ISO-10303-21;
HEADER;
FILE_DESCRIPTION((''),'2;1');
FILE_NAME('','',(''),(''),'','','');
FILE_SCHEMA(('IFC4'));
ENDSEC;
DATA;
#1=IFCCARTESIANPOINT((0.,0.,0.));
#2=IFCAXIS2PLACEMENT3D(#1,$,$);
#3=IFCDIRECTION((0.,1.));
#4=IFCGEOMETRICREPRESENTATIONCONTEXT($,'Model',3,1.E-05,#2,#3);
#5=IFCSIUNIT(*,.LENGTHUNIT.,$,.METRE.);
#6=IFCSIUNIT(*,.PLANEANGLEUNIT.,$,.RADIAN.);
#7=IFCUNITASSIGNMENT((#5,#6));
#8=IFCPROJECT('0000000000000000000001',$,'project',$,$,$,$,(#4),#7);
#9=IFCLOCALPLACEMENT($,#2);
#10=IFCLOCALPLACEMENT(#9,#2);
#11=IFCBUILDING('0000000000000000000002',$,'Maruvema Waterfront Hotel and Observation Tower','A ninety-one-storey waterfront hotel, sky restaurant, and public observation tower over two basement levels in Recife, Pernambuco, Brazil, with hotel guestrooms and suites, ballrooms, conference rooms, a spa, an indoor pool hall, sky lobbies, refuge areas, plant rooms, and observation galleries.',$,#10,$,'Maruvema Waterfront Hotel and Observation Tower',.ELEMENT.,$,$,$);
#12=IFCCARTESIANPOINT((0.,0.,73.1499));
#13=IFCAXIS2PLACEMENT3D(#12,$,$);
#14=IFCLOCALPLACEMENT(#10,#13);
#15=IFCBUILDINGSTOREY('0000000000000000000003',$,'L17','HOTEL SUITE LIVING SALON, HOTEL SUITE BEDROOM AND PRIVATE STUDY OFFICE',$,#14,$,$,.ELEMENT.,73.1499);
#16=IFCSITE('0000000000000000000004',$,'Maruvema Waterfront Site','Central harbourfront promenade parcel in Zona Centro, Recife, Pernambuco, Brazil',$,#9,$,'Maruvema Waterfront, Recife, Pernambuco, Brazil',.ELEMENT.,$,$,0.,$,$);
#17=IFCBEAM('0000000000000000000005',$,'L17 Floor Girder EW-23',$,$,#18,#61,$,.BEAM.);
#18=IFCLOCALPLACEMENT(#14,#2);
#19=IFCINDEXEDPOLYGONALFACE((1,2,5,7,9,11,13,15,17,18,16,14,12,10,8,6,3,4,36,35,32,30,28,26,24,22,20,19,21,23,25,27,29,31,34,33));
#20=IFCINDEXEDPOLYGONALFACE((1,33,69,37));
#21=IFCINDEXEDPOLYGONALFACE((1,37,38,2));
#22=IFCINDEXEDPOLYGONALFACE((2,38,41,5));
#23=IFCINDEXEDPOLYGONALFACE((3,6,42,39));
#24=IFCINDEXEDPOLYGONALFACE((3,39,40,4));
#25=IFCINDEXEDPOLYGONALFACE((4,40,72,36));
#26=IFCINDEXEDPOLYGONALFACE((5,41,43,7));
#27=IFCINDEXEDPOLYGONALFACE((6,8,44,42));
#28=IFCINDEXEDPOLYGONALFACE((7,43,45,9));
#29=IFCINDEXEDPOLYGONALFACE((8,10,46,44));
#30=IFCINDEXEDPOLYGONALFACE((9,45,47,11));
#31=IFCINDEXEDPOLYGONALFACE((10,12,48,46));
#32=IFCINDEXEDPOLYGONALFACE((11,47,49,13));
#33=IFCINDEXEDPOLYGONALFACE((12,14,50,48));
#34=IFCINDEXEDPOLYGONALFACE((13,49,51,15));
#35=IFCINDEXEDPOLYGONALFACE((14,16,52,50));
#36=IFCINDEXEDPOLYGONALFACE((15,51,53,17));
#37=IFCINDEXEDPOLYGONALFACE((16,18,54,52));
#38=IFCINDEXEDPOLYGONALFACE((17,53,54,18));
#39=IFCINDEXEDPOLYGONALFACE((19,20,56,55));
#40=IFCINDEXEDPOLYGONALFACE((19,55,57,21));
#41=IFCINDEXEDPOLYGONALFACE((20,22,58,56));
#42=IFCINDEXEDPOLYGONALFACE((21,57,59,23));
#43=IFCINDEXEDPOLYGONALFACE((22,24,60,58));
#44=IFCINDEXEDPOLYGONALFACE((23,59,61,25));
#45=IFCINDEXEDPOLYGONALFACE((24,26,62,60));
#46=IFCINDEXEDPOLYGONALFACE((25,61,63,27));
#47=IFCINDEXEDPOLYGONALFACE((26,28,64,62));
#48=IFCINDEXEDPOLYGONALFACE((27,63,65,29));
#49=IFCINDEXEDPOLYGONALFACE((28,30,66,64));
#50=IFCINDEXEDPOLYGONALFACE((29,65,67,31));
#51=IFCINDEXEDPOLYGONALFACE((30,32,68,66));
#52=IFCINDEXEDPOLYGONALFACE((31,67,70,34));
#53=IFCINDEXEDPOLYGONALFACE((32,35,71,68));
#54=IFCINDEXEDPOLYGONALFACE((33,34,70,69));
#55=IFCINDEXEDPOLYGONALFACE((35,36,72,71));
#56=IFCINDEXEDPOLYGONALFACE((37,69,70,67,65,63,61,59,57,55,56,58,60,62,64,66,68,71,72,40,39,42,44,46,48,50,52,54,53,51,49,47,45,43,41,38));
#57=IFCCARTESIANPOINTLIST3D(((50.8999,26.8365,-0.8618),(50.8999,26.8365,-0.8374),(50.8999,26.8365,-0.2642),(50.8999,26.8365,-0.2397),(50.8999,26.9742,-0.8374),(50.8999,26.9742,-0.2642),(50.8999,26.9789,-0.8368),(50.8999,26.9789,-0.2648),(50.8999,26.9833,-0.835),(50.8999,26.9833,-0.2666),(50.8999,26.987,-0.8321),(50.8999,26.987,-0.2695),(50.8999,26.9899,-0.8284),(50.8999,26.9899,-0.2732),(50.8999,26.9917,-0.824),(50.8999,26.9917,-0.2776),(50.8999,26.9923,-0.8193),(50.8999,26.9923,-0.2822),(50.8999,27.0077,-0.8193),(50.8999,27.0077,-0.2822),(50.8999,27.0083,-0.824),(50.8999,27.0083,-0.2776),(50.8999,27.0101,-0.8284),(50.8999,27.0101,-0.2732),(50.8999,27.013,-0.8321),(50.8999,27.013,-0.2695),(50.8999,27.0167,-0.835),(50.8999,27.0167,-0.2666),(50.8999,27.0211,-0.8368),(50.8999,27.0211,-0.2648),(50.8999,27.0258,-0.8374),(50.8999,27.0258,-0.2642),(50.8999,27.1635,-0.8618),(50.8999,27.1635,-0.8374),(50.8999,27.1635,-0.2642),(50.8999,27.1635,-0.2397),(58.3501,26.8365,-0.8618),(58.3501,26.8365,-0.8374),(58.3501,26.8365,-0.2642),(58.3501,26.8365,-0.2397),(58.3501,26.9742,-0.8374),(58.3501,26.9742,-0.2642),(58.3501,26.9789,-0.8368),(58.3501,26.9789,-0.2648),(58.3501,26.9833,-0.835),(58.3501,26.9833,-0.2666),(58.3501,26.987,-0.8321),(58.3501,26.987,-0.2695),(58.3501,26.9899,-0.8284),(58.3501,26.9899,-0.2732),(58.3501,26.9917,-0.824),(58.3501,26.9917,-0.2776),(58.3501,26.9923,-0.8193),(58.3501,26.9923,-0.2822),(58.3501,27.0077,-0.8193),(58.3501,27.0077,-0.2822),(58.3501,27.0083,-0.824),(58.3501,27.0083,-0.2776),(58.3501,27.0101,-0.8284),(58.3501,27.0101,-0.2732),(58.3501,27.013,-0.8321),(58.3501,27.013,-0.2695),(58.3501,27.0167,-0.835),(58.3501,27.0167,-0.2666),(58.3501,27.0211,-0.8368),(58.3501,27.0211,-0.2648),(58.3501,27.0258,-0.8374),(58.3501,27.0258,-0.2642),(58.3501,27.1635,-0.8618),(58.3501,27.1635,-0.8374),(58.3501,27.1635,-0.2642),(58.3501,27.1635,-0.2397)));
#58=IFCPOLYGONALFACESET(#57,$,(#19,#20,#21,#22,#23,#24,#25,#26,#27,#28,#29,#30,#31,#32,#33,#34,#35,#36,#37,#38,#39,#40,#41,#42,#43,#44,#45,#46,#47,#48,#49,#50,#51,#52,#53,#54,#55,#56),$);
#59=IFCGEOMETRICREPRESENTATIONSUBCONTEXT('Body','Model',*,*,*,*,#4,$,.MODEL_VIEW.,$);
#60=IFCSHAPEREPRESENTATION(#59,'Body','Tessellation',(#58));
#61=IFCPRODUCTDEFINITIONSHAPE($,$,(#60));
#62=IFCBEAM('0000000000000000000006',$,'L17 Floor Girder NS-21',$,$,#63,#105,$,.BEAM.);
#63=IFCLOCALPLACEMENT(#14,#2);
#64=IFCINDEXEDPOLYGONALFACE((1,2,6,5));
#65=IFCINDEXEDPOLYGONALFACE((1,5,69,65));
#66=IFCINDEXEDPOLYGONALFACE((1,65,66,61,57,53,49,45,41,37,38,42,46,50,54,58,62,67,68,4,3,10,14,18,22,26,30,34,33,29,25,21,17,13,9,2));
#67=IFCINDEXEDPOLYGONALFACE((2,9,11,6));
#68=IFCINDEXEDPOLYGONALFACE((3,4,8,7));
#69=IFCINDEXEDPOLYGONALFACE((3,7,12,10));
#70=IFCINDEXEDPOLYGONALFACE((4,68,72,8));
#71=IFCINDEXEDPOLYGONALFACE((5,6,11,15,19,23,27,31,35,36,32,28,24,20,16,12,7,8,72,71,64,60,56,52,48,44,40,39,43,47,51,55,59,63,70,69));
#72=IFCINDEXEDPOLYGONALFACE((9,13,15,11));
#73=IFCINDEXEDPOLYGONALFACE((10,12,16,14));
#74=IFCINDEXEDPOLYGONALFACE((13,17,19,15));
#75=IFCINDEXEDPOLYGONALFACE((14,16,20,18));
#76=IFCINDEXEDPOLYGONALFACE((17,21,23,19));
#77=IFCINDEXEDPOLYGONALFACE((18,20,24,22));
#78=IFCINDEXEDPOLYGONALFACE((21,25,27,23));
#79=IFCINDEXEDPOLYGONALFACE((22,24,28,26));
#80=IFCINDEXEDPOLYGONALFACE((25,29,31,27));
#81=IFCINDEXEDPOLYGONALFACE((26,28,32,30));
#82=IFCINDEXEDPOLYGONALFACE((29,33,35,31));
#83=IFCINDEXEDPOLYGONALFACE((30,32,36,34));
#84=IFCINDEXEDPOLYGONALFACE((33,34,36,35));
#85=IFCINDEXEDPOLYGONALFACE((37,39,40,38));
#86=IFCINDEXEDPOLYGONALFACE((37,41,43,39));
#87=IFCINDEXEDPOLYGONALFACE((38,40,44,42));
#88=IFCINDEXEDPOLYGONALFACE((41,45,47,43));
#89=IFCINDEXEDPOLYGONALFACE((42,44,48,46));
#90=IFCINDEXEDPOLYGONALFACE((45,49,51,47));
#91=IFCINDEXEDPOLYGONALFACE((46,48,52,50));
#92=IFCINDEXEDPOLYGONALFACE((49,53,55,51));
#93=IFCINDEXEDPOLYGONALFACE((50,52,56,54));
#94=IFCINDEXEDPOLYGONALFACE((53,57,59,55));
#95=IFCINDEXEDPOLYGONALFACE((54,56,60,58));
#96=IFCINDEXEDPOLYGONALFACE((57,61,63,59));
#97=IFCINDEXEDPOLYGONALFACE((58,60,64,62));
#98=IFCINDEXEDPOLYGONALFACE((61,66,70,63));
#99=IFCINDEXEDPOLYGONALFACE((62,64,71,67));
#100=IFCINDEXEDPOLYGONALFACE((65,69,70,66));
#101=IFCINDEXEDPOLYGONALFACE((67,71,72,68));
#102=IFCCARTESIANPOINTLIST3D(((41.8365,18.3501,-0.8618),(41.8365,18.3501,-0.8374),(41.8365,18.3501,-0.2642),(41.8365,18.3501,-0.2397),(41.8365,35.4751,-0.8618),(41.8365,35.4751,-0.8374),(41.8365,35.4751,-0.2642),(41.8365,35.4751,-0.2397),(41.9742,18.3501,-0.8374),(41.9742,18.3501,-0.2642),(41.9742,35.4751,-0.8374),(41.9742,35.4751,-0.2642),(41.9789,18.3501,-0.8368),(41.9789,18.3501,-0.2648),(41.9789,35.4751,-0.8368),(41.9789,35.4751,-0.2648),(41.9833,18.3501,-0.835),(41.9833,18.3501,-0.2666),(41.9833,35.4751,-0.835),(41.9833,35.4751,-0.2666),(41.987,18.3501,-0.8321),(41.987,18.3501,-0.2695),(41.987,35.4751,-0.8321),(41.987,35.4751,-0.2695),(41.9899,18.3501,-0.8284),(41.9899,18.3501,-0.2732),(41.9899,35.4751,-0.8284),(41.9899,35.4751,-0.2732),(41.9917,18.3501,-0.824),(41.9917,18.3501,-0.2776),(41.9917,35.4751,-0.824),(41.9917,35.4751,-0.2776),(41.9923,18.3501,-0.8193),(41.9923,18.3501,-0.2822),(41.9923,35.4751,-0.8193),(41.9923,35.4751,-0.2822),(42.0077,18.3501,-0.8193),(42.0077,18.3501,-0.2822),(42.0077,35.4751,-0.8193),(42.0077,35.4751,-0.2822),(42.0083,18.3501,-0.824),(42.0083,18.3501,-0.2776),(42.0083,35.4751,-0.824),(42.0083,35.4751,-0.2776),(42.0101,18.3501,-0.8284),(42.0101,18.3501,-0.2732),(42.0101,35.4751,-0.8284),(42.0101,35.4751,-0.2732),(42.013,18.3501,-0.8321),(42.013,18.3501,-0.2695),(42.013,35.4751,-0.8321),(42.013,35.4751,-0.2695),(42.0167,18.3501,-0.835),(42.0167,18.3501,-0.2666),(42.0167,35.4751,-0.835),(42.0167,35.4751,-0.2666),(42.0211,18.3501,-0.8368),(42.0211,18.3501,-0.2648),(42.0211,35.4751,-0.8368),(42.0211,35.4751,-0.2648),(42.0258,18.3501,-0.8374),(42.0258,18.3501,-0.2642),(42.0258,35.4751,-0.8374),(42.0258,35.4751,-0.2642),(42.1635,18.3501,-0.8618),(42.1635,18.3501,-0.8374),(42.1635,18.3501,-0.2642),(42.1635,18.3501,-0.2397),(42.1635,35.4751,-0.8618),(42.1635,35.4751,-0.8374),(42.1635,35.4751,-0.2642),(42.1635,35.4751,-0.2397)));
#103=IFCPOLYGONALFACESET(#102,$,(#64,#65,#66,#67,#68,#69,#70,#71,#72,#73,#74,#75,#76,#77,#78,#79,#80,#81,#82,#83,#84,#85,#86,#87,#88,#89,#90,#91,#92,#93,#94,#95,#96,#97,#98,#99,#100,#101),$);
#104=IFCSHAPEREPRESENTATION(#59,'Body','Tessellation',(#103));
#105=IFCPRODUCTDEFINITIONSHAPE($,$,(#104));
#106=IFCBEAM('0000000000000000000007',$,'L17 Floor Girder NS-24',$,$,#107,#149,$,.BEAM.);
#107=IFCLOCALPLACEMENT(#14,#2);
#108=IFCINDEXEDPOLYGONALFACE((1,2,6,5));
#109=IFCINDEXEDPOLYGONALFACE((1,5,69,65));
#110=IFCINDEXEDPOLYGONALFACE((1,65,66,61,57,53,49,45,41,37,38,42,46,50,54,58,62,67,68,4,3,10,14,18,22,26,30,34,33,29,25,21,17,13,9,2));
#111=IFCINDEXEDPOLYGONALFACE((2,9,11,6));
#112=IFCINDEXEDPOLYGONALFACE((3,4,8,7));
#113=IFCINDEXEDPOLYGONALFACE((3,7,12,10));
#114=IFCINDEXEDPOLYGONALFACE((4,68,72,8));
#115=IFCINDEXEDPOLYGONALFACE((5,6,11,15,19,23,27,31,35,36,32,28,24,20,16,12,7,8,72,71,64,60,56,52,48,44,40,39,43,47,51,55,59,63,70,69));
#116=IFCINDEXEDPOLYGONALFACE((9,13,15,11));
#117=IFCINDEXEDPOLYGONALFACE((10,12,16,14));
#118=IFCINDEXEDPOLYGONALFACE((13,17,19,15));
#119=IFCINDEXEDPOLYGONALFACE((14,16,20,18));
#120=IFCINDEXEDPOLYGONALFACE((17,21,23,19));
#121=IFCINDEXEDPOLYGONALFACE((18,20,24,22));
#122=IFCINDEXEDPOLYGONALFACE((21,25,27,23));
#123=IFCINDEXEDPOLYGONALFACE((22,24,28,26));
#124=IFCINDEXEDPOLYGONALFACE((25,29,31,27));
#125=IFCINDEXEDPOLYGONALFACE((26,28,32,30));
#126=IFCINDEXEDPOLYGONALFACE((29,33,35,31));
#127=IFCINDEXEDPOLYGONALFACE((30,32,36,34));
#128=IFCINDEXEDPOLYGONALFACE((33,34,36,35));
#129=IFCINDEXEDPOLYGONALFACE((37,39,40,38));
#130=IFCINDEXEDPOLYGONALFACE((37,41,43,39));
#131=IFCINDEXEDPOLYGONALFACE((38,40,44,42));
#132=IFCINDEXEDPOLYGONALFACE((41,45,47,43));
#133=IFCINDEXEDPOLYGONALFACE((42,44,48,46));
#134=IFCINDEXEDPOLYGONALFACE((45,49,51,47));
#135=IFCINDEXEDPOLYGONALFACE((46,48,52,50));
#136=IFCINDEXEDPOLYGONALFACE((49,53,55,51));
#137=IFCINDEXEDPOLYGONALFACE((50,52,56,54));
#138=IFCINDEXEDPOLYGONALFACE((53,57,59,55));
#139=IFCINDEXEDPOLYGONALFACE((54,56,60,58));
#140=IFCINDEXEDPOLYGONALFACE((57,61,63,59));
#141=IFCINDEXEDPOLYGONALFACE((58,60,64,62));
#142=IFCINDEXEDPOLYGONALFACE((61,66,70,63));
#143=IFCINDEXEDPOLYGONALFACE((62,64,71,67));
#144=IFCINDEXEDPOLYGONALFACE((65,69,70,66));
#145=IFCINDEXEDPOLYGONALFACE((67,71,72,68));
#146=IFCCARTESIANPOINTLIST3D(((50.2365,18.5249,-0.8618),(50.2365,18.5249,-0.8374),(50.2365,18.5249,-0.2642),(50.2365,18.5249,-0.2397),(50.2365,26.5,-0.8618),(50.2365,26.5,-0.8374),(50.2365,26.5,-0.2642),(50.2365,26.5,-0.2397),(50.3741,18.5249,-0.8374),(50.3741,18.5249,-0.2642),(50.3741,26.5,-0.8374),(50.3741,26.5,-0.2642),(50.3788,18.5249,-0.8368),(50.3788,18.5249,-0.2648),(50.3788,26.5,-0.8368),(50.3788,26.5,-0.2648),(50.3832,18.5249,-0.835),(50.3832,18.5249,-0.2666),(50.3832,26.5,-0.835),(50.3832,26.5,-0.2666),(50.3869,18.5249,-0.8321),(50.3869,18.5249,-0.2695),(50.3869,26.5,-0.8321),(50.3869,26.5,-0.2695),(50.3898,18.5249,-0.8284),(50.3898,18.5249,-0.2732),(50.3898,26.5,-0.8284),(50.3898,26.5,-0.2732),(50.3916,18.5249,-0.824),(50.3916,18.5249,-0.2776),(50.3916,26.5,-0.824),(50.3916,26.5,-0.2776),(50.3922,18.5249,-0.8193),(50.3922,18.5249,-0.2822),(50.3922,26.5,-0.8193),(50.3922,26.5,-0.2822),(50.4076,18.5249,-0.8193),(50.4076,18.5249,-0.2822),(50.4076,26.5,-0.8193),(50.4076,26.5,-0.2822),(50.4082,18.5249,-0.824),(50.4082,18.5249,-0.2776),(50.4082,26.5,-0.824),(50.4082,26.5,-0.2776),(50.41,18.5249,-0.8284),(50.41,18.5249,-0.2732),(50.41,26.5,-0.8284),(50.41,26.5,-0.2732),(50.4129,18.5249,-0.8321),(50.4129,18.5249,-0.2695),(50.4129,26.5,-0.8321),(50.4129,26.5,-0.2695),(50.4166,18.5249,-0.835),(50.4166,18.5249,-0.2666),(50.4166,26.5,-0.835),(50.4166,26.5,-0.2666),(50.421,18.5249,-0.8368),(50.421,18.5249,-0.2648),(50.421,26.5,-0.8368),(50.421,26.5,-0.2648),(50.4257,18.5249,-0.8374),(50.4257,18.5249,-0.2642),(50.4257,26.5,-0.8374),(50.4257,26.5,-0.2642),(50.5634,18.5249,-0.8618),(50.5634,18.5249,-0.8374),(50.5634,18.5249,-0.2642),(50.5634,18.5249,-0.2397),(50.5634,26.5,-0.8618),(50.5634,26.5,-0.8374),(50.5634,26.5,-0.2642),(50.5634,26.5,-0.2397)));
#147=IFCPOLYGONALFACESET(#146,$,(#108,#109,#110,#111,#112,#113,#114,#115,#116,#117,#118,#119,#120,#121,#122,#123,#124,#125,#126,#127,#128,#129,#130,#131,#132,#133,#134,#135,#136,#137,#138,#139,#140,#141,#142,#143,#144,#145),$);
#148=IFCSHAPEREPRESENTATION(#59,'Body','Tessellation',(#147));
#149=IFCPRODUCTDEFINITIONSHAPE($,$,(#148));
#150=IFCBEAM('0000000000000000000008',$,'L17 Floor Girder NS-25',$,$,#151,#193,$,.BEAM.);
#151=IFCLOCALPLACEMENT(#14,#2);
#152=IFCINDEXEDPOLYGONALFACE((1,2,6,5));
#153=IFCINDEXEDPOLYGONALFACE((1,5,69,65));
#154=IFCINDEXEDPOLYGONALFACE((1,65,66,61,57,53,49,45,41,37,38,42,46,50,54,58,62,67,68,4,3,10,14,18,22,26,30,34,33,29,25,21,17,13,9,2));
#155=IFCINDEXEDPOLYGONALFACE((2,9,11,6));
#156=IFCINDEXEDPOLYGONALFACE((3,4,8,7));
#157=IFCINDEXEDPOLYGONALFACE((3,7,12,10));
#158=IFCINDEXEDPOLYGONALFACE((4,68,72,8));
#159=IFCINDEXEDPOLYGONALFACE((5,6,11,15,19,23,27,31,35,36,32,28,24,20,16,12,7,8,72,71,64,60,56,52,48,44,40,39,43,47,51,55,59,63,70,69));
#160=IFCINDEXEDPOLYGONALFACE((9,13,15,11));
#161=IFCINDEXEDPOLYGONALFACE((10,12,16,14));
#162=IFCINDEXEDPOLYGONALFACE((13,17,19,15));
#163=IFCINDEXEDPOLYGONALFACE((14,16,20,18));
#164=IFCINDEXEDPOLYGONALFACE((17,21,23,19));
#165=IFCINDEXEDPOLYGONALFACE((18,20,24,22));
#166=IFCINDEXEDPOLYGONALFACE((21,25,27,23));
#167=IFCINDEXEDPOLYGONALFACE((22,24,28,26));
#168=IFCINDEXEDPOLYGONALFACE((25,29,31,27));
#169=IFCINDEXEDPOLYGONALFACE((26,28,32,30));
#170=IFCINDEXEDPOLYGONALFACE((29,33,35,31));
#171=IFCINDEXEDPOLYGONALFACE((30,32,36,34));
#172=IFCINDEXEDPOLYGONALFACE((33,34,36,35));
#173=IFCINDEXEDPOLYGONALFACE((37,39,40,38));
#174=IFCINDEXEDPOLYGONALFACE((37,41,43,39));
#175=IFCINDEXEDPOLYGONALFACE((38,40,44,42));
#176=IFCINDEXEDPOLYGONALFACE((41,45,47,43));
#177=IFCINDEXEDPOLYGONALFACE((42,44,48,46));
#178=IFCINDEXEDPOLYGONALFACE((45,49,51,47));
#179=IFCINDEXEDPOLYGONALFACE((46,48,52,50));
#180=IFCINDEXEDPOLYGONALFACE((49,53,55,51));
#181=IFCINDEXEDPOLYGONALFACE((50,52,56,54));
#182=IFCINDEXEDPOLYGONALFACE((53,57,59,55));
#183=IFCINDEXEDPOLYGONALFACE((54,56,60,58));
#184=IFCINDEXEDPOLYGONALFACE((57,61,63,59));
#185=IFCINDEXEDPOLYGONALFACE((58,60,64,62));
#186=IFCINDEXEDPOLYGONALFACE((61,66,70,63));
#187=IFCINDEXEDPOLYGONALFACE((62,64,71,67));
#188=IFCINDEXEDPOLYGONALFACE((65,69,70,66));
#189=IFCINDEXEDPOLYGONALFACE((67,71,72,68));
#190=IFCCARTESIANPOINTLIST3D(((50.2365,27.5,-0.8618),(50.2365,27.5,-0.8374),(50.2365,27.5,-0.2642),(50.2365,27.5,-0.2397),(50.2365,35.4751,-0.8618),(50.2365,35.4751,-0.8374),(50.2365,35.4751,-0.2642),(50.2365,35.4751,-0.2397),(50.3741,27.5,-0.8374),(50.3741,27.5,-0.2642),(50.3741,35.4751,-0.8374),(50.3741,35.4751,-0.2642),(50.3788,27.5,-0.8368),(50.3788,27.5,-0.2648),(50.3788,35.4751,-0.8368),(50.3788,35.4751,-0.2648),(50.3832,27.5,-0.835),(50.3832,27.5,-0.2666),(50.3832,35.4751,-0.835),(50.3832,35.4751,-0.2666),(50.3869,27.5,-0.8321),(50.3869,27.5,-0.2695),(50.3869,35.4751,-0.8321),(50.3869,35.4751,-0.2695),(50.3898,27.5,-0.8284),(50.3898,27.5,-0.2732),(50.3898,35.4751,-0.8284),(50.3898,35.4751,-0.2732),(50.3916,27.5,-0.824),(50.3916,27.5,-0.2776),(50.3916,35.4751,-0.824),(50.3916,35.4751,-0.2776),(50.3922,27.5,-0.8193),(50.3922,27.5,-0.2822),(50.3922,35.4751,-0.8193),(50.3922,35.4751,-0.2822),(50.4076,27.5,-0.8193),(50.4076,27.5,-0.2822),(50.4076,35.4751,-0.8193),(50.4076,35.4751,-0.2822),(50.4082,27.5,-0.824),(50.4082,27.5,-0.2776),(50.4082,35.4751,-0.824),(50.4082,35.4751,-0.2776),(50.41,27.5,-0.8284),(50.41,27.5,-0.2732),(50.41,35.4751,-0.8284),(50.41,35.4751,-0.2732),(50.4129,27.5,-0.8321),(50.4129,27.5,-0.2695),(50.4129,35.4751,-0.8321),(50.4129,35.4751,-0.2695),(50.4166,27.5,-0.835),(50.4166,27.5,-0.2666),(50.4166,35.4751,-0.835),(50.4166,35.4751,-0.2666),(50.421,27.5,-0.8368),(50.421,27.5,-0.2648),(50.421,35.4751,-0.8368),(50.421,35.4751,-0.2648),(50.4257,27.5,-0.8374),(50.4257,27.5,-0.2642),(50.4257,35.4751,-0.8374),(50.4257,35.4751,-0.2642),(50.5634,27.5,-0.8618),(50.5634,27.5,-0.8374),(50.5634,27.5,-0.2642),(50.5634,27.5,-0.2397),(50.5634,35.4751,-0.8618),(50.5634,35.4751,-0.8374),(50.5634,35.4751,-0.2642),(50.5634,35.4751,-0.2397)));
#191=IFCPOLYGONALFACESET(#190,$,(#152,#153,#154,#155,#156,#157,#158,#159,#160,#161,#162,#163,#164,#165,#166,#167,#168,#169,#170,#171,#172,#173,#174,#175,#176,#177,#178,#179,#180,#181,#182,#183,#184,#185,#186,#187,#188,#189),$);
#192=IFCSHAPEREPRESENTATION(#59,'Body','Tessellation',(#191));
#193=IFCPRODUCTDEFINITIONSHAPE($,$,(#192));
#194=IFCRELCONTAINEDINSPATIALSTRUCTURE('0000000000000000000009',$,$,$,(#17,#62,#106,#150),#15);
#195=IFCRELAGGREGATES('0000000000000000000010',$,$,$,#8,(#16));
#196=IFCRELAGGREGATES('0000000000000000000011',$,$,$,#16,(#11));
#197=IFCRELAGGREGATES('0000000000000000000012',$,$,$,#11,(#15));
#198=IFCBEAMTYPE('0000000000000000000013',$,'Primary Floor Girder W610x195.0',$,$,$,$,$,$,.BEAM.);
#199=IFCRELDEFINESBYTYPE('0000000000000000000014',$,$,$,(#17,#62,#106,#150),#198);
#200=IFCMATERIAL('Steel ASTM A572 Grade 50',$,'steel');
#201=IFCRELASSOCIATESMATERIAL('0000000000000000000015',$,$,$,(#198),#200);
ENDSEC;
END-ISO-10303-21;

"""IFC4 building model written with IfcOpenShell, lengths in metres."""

from ifc_helpers import new_model, si_unit, direction, frame, origin, origin_2d, place, context, subcontext, project, spatial, i_section, extrude, material, material_profile, profile_set, type_object, element, save


model = new_model("IFC4")

# Units and contexts
model_context = context("Model", 3, precision=1e-05, world=origin(), true_north=direction((0.0, 1.0)))
body_context = subcontext(model_context, "Body", "Model", "MODEL_VIEW")
ifc_project = project(units=[si_unit("LENGTHUNIT", "METRE"), si_unit("PLANEANGLEUNIT", "RADIAN")], contexts=[model_context])

# Site, building, storey
site_placement = place(None, origin())
site = spatial("IfcSite", under=ifc_project, at=site_placement, Name="Maruvema Waterfront Site", Description="Central harbourfront promenade parcel in Zona Centro, Recife, Pernambuco, Brazil", LongName="Maruvema Waterfront, Recife, Pernambuco, Brazil", CompositionType="ELEMENT", RefElevation=0.0)
building_placement = place(site_placement, origin())
building = spatial("IfcBuilding", under=site, at=building_placement, Name="Maruvema Waterfront Hotel and Observation Tower", Description="A ninety-one-storey waterfront hotel, sky restaurant, and public observation tower over two basement levels in Recife, Pernambuco, Brazil, with hotel guestrooms and suites, ballrooms, conference rooms, a spa, an indoor pool hall, sky lobbies, refuge areas, plant rooms, and observation galleries.", LongName="Maruvema Waterfront Hotel and Observation Tower", CompositionType="ELEMENT")
storey_placement = place(building_placement, frame((0.0, 0.0, 73.1499)))
storey = spatial("IfcBuildingStorey", under=building, at=storey_placement, Name="L17", Description="HOTEL SUITE LIVING SALON, HOTEL SUITE BEDROOM AND PRIVATE STUDY OFFICE", CompositionType="ELEMENT", Elevation=73.1499)

# Beams
ifc_material_1 = material(Name="Steel ASTM A572 Grade 50", Category="steel")
ifc_material_profile_1 = material_profile(ifc_material_1, i_section(OverallWidth=0.3269, OverallDepth=0.6221, WebThickness=0.0154, FlangeThickness=0.0244, FilletRadius=0.0181, at=origin_2d()), Name="W610x195.0")
ifc_profile_set_1 = profile_set([ifc_material_profile_1], Name="Steel ASTM A572 Grade 50")
beam_type_1 = type_object("IfcBeamType", Name="Primary Floor Girder W610x195.0", PredefinedType="BEAM", material=ifc_profile_set_1)
beam_1_placement = place(storey_placement, frame((50.8999, 27.0, -0.5508), z_axis=(1.0, 0.0, 0.0), x_axis=(0.0, 1.0, 0.0)))
element("IfcBeam", 1, at=beam_1_placement, inside=storey, type_object=beam_type_1, Name="L17 Floor Girder EW-23", PredefinedType="BEAM", context=body_context, shape_type="SweptSolid", body=[
    extrude(i_section(OverallWidth=0.3269, OverallDepth=0.6221, WebThickness=0.0154, FlangeThickness=0.0244, FilletRadius=0.0181, at=origin_2d()), origin(), (0.0, 0.0, 1.0), 7.4502),
])
beam_2_placement = place(storey_placement, frame((42.0, 18.3501, -0.5508), z_axis=(0.0, 1.0, 0.0), x_axis=(-1.0, 0.0, 0.0)))
element("IfcBeam", 2, at=beam_2_placement, inside=storey, type_object=beam_type_1, Name="L17 Floor Girder NS-21", PredefinedType="BEAM", context=body_context, shape_type="SweptSolid", body=[
    extrude(i_section(OverallWidth=0.3269, OverallDepth=0.6221, WebThickness=0.0154, FlangeThickness=0.0244, FilletRadius=0.0181, at=origin_2d()), origin(), (0.0, 0.0, 1.0), 17.125),
])
for number, where, z_axis, x_axis, name in (
    (3, (50.3999, 18.5249, -0.5508), (0.0, 1.0, 0.0), (-1.0, 0.0, 0.0), "L17 Floor Girder NS-24"),
    (4, (50.3999, 27.5, -0.5508), (0.0, 1.0, 0.0), (-1.0, 0.0, 0.0), "L17 Floor Girder NS-25"),
):
    element("IfcBeam", number, at=place(storey_placement, frame(where, z_axis=z_axis, x_axis=x_axis)), inside=storey, type_object=beam_type_1, Name=name, PredefinedType="BEAM", context=body_context, shape_type="SweptSolid", body=[
        extrude(i_section(OverallWidth=0.3269, OverallDepth=0.6221, WebThickness=0.0154, FlangeThickness=0.0244, FilletRadius=0.0181, at=origin_2d()), origin(), (0.0, 0.0, 1.0), 7.9751),
    ])

save(model, "model.ifc")
